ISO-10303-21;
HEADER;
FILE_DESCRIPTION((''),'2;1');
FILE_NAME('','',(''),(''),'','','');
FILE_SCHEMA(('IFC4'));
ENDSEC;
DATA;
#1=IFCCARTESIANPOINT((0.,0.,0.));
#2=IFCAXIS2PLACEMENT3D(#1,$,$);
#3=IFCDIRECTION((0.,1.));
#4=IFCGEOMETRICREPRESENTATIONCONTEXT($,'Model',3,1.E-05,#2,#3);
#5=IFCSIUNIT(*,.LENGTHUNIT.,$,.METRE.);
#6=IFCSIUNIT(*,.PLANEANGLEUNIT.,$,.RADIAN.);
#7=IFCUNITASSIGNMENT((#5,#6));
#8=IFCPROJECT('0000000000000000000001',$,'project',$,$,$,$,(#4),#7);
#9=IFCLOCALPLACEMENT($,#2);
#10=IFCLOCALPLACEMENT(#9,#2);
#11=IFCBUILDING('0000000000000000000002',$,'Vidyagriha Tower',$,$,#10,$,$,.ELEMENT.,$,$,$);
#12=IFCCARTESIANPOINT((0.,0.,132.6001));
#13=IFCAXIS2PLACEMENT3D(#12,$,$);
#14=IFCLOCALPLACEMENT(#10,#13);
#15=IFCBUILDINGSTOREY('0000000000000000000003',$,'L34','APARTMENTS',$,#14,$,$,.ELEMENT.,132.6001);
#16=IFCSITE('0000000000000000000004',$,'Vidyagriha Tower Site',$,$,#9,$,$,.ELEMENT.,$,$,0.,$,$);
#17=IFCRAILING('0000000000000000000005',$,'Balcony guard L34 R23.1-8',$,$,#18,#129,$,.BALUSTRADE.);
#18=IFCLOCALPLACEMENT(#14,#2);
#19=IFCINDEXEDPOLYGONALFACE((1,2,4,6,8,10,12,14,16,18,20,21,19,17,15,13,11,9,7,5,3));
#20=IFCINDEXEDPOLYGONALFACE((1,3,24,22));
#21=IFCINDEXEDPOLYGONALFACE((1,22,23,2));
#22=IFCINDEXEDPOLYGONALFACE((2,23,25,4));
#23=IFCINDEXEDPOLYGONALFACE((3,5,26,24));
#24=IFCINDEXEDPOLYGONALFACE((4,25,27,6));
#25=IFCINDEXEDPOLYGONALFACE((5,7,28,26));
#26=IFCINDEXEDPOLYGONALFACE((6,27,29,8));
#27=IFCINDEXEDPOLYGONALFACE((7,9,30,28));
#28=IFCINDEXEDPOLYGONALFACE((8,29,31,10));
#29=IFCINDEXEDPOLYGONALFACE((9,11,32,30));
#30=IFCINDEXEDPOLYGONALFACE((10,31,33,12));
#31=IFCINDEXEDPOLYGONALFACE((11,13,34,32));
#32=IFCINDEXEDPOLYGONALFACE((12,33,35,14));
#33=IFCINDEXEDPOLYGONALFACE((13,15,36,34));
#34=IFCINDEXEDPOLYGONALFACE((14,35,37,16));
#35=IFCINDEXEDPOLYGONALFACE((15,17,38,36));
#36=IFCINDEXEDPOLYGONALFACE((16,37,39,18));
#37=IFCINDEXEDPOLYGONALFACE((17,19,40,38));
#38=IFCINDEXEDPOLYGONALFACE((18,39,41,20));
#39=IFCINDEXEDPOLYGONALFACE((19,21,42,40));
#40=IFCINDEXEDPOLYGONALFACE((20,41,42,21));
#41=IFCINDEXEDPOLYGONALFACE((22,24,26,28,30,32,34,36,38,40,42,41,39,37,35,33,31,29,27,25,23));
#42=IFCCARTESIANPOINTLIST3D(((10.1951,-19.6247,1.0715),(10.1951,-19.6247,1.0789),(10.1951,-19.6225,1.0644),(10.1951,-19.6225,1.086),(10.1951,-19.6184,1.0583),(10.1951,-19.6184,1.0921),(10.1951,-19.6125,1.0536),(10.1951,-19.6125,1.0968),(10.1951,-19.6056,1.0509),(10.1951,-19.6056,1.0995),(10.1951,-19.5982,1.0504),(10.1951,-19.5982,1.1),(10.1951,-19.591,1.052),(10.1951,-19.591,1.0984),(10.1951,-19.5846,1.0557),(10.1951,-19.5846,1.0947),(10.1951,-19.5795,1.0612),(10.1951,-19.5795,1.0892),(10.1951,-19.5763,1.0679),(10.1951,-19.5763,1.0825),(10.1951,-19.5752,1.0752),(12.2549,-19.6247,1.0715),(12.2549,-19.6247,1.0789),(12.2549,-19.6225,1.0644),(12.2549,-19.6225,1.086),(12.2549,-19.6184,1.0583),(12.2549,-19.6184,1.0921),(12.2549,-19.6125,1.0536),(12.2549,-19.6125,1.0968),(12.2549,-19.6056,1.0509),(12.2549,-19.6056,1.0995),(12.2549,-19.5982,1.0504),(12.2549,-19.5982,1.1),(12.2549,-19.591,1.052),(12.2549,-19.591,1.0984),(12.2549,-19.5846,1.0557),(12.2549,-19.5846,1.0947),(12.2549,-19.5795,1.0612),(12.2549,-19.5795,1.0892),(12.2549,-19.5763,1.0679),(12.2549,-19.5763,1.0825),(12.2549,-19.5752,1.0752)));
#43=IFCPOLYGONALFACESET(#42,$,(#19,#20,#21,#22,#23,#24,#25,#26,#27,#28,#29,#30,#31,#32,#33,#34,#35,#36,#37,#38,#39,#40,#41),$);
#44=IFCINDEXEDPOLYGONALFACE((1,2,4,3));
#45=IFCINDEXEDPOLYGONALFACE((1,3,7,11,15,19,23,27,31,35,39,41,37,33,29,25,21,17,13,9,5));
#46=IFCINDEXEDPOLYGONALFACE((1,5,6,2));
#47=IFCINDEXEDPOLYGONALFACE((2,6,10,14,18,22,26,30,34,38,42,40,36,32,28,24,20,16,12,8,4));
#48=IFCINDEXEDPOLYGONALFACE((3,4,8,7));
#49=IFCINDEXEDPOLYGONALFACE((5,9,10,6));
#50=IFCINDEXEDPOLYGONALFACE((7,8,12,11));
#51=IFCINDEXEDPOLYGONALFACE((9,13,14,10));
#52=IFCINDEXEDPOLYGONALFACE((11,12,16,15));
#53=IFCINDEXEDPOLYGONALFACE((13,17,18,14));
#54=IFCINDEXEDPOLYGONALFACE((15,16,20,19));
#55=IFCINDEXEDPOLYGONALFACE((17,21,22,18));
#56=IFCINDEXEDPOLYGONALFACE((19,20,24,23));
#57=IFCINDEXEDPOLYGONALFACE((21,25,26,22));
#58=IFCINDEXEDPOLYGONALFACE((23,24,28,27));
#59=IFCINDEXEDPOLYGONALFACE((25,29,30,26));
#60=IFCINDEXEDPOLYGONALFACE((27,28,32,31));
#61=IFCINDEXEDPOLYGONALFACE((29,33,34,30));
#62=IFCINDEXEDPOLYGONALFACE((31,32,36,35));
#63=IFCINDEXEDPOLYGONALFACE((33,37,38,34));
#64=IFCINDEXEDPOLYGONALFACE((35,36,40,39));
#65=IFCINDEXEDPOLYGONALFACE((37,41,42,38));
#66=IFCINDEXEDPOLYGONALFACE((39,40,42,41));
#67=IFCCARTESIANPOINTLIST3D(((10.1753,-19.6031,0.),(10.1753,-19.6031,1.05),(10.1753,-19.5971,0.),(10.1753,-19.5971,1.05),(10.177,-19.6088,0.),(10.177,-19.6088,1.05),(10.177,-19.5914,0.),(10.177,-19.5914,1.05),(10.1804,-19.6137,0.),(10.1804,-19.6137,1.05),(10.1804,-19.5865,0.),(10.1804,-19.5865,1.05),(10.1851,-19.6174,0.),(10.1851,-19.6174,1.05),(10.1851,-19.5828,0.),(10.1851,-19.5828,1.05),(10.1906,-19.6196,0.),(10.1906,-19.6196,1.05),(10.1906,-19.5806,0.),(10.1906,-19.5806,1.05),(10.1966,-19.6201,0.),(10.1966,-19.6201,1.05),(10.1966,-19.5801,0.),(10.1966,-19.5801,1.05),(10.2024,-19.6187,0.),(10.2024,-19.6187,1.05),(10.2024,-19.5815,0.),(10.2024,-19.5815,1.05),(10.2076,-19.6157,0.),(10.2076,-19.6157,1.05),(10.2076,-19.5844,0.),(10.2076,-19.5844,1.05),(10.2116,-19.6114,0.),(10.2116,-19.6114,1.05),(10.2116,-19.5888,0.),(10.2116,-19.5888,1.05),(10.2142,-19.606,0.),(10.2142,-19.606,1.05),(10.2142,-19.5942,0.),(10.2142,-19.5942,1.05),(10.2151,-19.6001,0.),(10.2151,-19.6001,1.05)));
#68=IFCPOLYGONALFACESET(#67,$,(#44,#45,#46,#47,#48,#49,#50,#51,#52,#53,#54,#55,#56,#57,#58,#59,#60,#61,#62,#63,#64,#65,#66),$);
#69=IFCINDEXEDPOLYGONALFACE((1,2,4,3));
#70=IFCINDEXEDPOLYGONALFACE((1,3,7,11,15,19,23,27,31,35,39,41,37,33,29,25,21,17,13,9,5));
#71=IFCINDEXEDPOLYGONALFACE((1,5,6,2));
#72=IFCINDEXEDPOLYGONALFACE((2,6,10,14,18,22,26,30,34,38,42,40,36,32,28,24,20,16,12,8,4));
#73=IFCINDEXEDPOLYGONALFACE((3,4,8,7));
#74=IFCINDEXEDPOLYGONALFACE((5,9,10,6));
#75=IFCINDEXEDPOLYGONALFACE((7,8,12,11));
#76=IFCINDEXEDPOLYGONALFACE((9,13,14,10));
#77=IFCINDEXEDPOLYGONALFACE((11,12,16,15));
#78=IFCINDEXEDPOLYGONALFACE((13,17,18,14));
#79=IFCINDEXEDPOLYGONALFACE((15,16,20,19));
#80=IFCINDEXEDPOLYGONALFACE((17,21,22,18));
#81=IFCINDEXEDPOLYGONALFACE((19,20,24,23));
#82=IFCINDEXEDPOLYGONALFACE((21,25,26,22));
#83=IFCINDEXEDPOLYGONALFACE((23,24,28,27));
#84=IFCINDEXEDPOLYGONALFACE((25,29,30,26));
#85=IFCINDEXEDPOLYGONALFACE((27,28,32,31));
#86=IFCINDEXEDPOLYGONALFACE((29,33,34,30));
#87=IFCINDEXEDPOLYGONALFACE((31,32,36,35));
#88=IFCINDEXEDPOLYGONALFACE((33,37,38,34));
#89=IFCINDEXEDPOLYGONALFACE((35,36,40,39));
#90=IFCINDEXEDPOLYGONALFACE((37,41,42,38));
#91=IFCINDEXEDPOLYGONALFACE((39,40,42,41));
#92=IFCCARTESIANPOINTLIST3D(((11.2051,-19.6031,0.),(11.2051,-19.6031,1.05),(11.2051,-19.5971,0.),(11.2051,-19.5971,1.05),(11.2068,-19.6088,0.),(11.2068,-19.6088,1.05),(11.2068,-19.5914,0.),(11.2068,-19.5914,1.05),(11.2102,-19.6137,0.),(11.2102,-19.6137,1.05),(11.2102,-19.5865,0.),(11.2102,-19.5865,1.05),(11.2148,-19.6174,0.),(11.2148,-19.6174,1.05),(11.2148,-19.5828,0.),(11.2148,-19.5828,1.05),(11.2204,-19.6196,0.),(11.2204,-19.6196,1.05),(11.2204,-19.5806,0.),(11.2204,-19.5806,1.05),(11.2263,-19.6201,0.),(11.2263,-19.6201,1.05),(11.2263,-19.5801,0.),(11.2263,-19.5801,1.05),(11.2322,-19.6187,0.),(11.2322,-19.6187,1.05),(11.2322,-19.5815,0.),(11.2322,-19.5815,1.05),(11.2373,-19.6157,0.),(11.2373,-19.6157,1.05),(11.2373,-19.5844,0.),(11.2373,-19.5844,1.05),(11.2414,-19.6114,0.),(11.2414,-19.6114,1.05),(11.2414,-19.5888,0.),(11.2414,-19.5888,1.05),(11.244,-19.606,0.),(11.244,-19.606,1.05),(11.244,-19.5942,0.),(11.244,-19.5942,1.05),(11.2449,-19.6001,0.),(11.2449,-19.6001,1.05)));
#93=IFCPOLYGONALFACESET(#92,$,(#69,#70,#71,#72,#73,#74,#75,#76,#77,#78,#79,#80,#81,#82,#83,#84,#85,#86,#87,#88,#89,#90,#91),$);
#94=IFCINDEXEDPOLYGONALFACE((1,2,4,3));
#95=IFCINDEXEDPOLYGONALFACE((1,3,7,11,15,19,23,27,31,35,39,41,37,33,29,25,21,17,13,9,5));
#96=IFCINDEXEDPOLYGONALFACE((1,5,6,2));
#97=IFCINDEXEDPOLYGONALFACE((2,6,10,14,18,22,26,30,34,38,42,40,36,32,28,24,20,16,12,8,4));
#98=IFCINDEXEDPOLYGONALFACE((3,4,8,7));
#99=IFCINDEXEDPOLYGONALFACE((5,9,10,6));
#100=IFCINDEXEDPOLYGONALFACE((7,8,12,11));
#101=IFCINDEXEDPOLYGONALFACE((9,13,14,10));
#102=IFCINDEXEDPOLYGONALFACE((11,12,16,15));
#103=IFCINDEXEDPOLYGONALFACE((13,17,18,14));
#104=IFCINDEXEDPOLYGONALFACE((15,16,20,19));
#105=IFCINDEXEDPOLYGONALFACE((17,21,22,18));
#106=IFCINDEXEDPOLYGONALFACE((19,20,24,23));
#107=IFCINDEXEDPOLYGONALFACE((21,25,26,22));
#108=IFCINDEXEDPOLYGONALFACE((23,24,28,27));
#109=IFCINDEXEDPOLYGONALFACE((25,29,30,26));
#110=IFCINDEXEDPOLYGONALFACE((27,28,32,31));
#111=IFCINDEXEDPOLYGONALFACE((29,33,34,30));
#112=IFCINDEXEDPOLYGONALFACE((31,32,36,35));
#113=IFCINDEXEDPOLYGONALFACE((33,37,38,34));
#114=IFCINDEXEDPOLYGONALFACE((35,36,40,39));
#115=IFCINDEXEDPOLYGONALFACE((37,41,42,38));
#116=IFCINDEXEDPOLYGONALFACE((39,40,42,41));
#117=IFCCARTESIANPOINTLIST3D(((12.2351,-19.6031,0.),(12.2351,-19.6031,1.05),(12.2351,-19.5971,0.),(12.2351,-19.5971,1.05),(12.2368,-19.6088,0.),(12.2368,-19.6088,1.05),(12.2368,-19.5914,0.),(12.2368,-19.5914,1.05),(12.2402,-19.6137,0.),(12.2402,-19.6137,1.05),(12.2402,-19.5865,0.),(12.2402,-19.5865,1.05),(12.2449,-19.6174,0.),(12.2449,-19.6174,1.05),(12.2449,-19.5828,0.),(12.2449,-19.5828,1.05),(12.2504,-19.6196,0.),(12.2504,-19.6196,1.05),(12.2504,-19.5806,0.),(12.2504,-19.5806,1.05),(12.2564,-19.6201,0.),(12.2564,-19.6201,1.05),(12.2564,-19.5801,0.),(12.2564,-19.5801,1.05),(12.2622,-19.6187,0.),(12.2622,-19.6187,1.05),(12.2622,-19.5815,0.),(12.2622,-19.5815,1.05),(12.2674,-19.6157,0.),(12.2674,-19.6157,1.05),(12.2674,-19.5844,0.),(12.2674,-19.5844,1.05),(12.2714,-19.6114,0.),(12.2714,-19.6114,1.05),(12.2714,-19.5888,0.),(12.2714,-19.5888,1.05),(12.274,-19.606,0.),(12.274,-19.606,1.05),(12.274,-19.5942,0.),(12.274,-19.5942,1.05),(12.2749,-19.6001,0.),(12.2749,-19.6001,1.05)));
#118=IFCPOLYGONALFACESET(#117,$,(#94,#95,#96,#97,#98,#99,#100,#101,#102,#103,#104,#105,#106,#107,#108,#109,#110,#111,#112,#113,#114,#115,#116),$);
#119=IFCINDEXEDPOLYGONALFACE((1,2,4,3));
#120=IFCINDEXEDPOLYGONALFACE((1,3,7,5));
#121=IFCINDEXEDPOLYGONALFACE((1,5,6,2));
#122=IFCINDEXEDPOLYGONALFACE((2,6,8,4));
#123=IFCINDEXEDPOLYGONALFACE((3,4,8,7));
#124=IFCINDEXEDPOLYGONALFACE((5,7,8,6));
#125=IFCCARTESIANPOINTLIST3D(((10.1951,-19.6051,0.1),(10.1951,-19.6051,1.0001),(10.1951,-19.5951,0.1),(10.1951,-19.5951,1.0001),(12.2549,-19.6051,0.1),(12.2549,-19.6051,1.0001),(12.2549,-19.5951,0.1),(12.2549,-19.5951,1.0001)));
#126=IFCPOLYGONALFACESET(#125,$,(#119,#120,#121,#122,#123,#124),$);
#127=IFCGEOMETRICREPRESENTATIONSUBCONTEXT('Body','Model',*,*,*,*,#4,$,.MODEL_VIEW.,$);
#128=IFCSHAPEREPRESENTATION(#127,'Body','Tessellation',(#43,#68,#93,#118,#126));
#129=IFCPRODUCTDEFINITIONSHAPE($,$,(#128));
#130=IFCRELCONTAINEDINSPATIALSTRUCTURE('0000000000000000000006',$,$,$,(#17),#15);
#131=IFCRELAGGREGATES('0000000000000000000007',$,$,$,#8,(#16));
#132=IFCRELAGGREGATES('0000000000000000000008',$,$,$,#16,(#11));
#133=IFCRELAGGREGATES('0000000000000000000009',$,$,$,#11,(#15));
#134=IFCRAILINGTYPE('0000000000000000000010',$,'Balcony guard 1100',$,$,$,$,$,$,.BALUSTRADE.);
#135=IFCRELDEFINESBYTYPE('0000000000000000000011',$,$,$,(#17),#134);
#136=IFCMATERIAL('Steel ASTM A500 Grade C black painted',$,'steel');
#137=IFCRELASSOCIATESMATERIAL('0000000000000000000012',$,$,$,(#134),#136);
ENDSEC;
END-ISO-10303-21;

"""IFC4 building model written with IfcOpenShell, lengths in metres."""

from ifc_helpers import new_model, si_unit, direction, frame, origin, origin_2d, place, context, subcontext, project, spatial, rectangle, circle, extrude, material, type_object, element, save


model = new_model("IFC4")

# Units and contexts
model_context = context("Model", 3, precision=1e-05, world=origin(), true_north=direction((0.0, 1.0)))
body_context = subcontext(model_context, "Body", "Model", "MODEL_VIEW")
ifc_project = project(units=[si_unit("LENGTHUNIT", "METRE"), si_unit("PLANEANGLEUNIT", "RADIAN")], contexts=[model_context])

# Site, building, storey
site_placement = place(None, origin())
site = spatial("IfcSite", under=ifc_project, at=site_placement, Name="Vidyagriha Tower Site", CompositionType="ELEMENT", RefElevation=0.0)
building_placement = place(site_placement, origin())
building = spatial("IfcBuilding", under=site, at=building_placement, Name="Vidyagriha Tower", CompositionType="ELEMENT")
storey_placement = place(building_placement, frame((0.0, 0.0, 132.6001)))
storey = spatial("IfcBuildingStorey", under=building, at=storey_placement, Name="L34", Description="APARTMENTS", CompositionType="ELEMENT", Elevation=132.6001)

# Railing
ifc_material_1 = material(Name="Steel ASTM A500 Grade C black painted", Category="steel")
railing_type = type_object("IfcRailingType", Name="Balcony guard 1100", PredefinedType="BALUSTRADE", material=ifc_material_1)
railing_1_placement = place(storey_placement, frame((10.1951, -19.6001, 0.0)))
element("IfcRailing", 1, at=railing_1_placement, inside=storey, type_object=railing_type, Name="Balcony guard L34 R23.1-8", PredefinedType="BALUSTRADE", context=body_context, shape_type="SweptSolid", body=[
    extrude(circle(Radius=0.0249, at=origin_2d()), frame((0.0, 0.0, 1.0752), z_axis=(1.0, 0.0, 0.0), x_axis=(0.0, 1.0, 0.0)), (0.0, 0.0, 1.0), 2.0598),
    extrude(circle(Radius=0.02, at=origin_2d()), origin(), (0.0, 0.0, 1.0), 1.05),
    extrude(circle(Radius=0.02, at=origin_2d()), frame((1.0298, 0.0, 0.0)), (0.0, 0.0, 1.0), 1.05),
    extrude(circle(Radius=0.02, at=origin_2d()), frame((2.0598, 0.0, 0.0)), (0.0, 0.0, 1.0), 1.05),
    extrude(rectangle(XDim=0.01, YDim=0.9001, at=origin_2d()), frame((0.0, 0.0, 0.55), z_axis=(1.0, 0.0, 0.0), x_axis=(0.0, 1.0, 0.0)), (0.0, 0.0, 1.0), 2.0598),
])

save(model, "model.ifc")
